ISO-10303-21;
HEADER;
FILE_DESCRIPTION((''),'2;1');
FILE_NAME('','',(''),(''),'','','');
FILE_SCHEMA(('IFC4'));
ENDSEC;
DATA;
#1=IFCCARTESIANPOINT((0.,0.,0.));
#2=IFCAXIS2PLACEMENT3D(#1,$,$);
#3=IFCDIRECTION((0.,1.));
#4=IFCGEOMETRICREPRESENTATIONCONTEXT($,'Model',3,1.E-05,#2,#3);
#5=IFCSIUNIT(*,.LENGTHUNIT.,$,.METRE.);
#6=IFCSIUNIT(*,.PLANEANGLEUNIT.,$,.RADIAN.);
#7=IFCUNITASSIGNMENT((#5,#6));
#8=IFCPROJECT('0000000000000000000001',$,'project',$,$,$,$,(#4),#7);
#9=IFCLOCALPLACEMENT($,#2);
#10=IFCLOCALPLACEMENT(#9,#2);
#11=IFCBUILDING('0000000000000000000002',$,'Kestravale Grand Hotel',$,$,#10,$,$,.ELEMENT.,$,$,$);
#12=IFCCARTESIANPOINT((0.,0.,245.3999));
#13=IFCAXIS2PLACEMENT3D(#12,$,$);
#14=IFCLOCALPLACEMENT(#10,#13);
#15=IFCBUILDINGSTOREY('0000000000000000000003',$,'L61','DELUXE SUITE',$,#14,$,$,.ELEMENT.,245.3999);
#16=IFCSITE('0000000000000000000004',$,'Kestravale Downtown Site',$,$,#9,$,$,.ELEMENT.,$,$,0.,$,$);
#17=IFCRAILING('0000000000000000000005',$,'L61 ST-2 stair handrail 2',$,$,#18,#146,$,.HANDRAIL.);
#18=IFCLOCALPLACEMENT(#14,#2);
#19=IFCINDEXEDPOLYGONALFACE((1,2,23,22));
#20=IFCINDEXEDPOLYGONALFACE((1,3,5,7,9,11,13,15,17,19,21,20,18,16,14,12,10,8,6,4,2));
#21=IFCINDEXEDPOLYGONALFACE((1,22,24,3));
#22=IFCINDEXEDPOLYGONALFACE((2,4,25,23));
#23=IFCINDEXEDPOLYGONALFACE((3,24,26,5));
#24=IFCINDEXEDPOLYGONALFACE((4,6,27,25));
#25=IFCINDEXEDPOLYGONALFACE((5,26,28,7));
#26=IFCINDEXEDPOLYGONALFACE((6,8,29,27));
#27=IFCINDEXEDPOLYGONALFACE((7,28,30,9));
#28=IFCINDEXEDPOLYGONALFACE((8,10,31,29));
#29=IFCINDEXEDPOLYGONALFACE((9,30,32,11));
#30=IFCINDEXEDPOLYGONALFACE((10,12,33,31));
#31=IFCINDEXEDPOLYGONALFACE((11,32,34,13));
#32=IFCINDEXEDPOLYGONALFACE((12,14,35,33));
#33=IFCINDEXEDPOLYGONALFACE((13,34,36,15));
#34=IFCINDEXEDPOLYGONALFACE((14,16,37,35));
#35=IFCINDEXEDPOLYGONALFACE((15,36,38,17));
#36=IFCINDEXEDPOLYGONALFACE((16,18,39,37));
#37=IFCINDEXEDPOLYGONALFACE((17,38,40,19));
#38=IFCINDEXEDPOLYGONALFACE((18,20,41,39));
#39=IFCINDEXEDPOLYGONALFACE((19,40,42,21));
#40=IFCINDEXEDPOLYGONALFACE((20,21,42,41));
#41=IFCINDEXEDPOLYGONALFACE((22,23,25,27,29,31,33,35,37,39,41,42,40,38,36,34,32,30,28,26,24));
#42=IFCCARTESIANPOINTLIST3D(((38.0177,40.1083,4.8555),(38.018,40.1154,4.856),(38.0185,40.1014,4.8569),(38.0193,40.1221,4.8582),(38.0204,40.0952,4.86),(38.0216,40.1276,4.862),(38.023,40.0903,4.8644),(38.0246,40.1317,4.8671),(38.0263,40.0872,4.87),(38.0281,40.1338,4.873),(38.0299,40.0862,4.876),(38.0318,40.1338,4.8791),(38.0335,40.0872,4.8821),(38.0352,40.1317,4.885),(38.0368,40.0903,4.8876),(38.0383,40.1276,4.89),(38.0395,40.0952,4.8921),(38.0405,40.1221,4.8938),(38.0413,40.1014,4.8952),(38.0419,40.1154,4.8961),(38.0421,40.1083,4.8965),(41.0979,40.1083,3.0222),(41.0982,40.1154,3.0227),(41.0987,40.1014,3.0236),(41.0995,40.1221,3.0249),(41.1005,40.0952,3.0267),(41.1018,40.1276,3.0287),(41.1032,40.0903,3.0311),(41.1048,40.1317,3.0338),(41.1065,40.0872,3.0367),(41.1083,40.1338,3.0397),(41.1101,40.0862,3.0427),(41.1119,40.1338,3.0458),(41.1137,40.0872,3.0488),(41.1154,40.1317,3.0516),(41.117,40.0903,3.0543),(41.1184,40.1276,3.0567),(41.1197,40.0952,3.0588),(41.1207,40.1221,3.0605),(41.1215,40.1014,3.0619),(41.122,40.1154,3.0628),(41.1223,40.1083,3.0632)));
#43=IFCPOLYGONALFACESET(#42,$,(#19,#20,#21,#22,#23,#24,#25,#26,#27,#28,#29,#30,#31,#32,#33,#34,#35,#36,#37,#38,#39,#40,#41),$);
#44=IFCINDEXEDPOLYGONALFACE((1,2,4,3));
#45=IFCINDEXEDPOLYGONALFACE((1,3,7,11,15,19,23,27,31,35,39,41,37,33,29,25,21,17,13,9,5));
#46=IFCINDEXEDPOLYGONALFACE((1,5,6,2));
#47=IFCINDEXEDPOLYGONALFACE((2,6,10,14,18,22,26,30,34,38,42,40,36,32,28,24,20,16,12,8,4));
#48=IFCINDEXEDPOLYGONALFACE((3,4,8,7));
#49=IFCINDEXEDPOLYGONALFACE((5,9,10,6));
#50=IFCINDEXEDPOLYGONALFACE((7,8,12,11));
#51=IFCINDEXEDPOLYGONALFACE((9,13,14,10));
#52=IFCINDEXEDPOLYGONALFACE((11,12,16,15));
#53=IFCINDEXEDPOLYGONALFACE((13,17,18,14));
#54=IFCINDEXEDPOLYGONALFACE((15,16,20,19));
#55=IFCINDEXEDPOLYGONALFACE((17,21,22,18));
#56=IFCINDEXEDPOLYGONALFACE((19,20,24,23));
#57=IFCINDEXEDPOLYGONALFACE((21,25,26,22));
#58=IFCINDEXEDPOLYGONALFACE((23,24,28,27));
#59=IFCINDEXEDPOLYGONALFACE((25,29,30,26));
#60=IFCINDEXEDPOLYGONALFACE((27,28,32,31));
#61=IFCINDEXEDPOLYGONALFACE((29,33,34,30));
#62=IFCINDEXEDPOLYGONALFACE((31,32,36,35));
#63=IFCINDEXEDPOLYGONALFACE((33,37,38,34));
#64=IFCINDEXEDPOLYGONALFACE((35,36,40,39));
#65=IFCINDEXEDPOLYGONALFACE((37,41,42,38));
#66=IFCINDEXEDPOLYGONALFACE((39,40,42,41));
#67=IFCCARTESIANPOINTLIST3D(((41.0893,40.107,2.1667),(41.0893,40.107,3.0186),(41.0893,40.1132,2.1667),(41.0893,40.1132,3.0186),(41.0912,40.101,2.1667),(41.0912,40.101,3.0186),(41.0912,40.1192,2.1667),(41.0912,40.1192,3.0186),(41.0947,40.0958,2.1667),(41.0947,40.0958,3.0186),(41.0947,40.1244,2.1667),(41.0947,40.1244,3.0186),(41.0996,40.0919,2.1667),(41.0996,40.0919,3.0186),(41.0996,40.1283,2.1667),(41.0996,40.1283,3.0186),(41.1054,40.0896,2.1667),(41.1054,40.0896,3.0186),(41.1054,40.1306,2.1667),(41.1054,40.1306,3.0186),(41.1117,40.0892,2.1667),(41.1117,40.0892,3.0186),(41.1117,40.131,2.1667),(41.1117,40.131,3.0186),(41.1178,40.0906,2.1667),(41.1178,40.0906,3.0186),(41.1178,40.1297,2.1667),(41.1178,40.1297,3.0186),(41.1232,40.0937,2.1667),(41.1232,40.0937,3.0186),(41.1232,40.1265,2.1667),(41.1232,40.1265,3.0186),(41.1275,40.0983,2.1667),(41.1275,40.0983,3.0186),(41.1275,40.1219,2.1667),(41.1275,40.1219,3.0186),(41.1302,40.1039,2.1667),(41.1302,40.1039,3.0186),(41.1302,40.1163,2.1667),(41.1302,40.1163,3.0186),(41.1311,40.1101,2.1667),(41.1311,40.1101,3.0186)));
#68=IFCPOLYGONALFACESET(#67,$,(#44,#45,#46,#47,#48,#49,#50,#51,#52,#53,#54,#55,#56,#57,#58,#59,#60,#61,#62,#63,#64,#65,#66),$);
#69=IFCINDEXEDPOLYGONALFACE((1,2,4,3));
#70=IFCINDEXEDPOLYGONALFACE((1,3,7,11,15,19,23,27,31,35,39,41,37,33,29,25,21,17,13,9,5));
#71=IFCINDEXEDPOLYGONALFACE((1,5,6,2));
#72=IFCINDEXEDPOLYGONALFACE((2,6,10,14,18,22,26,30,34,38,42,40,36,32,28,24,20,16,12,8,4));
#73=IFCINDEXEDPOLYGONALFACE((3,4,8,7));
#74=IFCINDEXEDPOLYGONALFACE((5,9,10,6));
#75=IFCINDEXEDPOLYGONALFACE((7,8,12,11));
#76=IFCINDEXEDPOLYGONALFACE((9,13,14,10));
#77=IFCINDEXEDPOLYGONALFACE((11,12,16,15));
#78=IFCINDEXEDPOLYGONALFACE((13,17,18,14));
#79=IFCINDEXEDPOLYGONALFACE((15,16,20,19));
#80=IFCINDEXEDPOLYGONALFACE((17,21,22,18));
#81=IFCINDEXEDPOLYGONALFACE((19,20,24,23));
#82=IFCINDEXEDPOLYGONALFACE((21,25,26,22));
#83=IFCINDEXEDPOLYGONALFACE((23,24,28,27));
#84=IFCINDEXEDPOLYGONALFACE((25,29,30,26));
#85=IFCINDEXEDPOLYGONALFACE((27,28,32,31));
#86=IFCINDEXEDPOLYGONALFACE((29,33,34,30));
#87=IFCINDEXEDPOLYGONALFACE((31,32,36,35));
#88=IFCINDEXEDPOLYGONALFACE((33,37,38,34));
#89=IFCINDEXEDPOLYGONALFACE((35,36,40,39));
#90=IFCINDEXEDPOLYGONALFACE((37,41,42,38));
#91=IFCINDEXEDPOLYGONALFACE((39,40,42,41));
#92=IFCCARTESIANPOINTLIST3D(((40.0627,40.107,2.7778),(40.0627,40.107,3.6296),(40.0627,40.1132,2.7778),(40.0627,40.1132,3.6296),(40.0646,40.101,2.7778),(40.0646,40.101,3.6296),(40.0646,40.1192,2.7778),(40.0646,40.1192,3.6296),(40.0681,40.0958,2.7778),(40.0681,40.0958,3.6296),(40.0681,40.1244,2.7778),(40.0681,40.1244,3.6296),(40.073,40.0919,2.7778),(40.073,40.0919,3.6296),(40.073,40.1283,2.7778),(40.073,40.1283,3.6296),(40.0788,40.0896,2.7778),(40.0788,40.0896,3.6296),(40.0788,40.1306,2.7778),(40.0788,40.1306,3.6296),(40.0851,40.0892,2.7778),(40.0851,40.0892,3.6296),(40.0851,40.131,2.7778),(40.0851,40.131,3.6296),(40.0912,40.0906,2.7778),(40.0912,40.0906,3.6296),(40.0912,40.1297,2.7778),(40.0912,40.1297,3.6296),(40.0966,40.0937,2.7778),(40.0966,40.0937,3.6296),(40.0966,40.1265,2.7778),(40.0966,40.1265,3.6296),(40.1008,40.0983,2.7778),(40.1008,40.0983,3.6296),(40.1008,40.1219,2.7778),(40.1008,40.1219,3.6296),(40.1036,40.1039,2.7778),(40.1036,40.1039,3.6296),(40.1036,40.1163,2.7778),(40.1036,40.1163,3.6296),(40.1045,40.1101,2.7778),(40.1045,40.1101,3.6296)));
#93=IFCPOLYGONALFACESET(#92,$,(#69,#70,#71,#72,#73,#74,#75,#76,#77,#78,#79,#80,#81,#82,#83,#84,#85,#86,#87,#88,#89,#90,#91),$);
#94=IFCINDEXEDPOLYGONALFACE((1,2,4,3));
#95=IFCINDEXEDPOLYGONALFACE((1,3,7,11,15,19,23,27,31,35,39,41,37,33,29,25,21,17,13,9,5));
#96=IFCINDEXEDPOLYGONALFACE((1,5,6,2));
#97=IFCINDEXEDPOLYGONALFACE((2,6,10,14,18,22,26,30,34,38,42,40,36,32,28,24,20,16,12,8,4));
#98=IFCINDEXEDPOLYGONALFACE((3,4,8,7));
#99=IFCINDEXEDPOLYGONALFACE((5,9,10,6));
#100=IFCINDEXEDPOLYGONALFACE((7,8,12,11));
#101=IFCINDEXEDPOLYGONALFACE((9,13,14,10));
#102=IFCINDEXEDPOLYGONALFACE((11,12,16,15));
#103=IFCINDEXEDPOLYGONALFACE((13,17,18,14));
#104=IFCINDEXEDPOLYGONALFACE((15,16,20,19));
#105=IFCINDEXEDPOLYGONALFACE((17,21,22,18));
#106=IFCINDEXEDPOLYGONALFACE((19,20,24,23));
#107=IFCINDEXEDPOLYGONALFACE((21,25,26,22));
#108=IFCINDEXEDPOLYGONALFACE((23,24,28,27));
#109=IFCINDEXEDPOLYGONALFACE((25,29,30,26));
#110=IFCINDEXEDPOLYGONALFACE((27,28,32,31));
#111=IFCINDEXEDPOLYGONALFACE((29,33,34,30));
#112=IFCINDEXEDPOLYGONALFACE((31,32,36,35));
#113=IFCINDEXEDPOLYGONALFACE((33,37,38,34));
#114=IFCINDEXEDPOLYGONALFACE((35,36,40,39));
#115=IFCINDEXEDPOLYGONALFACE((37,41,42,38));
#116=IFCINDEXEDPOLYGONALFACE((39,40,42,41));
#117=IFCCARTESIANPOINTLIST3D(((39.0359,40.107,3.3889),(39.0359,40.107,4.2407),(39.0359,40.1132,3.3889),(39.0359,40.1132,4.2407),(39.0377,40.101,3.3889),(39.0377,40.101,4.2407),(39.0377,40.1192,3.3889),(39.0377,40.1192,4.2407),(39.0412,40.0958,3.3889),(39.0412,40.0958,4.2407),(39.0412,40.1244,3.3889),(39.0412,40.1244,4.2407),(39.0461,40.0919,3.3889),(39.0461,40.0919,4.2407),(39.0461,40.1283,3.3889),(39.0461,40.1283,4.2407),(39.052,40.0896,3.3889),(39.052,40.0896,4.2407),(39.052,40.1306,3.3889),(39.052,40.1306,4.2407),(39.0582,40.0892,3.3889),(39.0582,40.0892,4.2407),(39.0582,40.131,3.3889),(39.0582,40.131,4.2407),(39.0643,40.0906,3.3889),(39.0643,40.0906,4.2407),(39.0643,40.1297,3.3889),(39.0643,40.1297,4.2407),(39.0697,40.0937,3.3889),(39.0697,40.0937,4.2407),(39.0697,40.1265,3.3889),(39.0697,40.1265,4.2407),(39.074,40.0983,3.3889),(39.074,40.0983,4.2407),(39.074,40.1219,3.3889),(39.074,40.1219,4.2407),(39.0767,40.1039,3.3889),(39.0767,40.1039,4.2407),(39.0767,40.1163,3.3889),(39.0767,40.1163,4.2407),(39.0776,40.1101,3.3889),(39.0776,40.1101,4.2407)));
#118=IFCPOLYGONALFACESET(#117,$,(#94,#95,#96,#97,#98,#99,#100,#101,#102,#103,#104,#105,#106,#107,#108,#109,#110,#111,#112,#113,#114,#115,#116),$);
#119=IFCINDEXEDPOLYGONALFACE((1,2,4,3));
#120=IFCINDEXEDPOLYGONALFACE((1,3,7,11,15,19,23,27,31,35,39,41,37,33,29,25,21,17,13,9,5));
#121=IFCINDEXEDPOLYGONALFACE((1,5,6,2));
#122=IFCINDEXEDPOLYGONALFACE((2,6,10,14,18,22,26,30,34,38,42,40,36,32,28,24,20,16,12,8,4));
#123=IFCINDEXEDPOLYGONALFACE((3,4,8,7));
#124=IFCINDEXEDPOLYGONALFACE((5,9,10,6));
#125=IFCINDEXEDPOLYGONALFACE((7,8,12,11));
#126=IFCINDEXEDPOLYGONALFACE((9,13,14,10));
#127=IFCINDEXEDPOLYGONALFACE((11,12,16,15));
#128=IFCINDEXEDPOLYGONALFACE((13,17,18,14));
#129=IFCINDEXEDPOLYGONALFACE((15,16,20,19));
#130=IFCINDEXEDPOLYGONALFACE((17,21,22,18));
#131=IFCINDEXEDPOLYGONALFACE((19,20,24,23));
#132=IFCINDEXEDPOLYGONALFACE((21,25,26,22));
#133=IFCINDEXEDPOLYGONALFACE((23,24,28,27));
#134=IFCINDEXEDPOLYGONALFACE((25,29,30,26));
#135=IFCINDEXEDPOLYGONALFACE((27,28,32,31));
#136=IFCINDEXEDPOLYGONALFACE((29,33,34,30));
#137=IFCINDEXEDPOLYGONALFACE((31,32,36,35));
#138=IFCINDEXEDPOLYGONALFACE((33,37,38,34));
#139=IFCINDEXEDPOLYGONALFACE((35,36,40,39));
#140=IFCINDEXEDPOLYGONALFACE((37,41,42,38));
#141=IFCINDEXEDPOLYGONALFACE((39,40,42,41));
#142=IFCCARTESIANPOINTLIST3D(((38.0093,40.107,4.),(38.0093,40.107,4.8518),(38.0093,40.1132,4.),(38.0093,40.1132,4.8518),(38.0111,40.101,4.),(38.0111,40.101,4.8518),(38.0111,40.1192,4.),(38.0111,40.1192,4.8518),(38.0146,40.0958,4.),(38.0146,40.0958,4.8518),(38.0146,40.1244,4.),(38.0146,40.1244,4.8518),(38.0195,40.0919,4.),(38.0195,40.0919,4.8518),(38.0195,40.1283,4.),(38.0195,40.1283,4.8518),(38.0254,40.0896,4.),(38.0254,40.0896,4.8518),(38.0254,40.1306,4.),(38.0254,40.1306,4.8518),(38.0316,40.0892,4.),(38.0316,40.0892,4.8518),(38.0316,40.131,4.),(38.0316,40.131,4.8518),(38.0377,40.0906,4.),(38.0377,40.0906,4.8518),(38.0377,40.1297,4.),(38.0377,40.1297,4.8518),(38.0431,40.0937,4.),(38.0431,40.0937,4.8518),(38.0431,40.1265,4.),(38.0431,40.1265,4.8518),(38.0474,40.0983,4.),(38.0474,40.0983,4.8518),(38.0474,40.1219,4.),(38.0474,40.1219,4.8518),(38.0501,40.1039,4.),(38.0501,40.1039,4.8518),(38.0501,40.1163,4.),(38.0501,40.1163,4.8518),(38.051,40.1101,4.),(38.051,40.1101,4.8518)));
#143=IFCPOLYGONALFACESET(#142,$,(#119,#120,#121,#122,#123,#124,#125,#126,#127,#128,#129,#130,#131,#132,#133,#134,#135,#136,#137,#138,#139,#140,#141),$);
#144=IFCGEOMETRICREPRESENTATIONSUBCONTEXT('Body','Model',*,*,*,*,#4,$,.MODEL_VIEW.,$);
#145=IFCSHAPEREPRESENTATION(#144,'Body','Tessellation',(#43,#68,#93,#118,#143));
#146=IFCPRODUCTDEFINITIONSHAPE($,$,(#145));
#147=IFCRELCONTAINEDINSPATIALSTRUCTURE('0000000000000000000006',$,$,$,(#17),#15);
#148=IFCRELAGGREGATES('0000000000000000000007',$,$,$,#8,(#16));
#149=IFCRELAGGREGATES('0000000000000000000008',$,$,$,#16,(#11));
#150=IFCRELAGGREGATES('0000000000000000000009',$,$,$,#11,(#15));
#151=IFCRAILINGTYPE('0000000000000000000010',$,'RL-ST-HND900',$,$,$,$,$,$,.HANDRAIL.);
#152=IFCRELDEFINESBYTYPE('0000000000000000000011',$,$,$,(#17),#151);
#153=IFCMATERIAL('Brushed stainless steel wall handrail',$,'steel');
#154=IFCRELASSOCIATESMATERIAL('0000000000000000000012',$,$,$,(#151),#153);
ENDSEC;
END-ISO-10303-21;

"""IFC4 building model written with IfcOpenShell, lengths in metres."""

from ifc_helpers import new_model, si_unit, direction, frame, origin, origin_2d, place, context, subcontext, project, spatial, circle, extrude, material, type_object, element, save


model = new_model("IFC4")

# Units and contexts
model_context = context("Model", 3, precision=1e-05, world=origin(), true_north=direction((0.0, 1.0)))
body_context = subcontext(model_context, "Body", "Model", "MODEL_VIEW")
ifc_project = project(units=[si_unit("LENGTHUNIT", "METRE"), si_unit("PLANEANGLEUNIT", "RADIAN")], contexts=[model_context])

# Site, building, storey
site_placement = place(None, origin())
site = spatial("IfcSite", under=ifc_project, at=site_placement, Name="Kestravale Downtown Site", CompositionType="ELEMENT", RefElevation=0.0)
building_placement = place(site_placement, origin())
building = spatial("IfcBuilding", under=site, at=building_placement, Name="Kestravale Grand Hotel", CompositionType="ELEMENT")
storey_placement = place(building_placement, frame((0.0, 0.0, 245.3999)))
storey = spatial("IfcBuildingStorey", under=building, at=storey_placement, Name="L61", Description="DELUXE SUITE", CompositionType="ELEMENT", Elevation=245.3999)

# Railing
ifc_material_1 = material(Name="Brushed stainless steel wall handrail", Category="steel")
railing_type_1 = type_object("IfcRailingType", Name="RL-ST-HND900", PredefinedType="HANDRAIL", material=ifc_material_1)
railing_1_placement = place(storey_placement, frame((41.1101, 40.1101, 2.1667)))
element("IfcRailing", 1, at=railing_1_placement, inside=storey, type_object=railing_type_1, Name="L61 ST-2 stair handrail 2", PredefinedType="HANDRAIL", context=body_context, shape_type="SweptSolid", body=[
    extrude(circle(Radius=0.0239, at=origin_2d()), frame((0.0, 0.0, 0.876), z_axis=(-0.859309, 0.0, 0.511458), x_axis=(0.0, -1.0, 0.0)), (0.0, 0.0, 1.0), 3.5845),
    extrude(circle(Radius=0.021, at=origin_2d()), origin(), (0.0, 0.0, 1.0), 0.8518),
    extrude(circle(Radius=0.021, at=origin_2d()), frame((-1.0266, 0.0, 0.6111)), (0.0, 0.0, 1.0), 0.8518),
    extrude(circle(Radius=0.021, at=origin_2d()), frame((-2.0535, 0.0, 1.2222)), (0.0, 0.0, 1.0), 0.8518),
    extrude(circle(Radius=0.021, at=origin_2d()), frame((-3.0801, 0.0, 1.8333)), (0.0, 0.0, 1.0), 0.8518),
])

save(model, "model.ifc")
